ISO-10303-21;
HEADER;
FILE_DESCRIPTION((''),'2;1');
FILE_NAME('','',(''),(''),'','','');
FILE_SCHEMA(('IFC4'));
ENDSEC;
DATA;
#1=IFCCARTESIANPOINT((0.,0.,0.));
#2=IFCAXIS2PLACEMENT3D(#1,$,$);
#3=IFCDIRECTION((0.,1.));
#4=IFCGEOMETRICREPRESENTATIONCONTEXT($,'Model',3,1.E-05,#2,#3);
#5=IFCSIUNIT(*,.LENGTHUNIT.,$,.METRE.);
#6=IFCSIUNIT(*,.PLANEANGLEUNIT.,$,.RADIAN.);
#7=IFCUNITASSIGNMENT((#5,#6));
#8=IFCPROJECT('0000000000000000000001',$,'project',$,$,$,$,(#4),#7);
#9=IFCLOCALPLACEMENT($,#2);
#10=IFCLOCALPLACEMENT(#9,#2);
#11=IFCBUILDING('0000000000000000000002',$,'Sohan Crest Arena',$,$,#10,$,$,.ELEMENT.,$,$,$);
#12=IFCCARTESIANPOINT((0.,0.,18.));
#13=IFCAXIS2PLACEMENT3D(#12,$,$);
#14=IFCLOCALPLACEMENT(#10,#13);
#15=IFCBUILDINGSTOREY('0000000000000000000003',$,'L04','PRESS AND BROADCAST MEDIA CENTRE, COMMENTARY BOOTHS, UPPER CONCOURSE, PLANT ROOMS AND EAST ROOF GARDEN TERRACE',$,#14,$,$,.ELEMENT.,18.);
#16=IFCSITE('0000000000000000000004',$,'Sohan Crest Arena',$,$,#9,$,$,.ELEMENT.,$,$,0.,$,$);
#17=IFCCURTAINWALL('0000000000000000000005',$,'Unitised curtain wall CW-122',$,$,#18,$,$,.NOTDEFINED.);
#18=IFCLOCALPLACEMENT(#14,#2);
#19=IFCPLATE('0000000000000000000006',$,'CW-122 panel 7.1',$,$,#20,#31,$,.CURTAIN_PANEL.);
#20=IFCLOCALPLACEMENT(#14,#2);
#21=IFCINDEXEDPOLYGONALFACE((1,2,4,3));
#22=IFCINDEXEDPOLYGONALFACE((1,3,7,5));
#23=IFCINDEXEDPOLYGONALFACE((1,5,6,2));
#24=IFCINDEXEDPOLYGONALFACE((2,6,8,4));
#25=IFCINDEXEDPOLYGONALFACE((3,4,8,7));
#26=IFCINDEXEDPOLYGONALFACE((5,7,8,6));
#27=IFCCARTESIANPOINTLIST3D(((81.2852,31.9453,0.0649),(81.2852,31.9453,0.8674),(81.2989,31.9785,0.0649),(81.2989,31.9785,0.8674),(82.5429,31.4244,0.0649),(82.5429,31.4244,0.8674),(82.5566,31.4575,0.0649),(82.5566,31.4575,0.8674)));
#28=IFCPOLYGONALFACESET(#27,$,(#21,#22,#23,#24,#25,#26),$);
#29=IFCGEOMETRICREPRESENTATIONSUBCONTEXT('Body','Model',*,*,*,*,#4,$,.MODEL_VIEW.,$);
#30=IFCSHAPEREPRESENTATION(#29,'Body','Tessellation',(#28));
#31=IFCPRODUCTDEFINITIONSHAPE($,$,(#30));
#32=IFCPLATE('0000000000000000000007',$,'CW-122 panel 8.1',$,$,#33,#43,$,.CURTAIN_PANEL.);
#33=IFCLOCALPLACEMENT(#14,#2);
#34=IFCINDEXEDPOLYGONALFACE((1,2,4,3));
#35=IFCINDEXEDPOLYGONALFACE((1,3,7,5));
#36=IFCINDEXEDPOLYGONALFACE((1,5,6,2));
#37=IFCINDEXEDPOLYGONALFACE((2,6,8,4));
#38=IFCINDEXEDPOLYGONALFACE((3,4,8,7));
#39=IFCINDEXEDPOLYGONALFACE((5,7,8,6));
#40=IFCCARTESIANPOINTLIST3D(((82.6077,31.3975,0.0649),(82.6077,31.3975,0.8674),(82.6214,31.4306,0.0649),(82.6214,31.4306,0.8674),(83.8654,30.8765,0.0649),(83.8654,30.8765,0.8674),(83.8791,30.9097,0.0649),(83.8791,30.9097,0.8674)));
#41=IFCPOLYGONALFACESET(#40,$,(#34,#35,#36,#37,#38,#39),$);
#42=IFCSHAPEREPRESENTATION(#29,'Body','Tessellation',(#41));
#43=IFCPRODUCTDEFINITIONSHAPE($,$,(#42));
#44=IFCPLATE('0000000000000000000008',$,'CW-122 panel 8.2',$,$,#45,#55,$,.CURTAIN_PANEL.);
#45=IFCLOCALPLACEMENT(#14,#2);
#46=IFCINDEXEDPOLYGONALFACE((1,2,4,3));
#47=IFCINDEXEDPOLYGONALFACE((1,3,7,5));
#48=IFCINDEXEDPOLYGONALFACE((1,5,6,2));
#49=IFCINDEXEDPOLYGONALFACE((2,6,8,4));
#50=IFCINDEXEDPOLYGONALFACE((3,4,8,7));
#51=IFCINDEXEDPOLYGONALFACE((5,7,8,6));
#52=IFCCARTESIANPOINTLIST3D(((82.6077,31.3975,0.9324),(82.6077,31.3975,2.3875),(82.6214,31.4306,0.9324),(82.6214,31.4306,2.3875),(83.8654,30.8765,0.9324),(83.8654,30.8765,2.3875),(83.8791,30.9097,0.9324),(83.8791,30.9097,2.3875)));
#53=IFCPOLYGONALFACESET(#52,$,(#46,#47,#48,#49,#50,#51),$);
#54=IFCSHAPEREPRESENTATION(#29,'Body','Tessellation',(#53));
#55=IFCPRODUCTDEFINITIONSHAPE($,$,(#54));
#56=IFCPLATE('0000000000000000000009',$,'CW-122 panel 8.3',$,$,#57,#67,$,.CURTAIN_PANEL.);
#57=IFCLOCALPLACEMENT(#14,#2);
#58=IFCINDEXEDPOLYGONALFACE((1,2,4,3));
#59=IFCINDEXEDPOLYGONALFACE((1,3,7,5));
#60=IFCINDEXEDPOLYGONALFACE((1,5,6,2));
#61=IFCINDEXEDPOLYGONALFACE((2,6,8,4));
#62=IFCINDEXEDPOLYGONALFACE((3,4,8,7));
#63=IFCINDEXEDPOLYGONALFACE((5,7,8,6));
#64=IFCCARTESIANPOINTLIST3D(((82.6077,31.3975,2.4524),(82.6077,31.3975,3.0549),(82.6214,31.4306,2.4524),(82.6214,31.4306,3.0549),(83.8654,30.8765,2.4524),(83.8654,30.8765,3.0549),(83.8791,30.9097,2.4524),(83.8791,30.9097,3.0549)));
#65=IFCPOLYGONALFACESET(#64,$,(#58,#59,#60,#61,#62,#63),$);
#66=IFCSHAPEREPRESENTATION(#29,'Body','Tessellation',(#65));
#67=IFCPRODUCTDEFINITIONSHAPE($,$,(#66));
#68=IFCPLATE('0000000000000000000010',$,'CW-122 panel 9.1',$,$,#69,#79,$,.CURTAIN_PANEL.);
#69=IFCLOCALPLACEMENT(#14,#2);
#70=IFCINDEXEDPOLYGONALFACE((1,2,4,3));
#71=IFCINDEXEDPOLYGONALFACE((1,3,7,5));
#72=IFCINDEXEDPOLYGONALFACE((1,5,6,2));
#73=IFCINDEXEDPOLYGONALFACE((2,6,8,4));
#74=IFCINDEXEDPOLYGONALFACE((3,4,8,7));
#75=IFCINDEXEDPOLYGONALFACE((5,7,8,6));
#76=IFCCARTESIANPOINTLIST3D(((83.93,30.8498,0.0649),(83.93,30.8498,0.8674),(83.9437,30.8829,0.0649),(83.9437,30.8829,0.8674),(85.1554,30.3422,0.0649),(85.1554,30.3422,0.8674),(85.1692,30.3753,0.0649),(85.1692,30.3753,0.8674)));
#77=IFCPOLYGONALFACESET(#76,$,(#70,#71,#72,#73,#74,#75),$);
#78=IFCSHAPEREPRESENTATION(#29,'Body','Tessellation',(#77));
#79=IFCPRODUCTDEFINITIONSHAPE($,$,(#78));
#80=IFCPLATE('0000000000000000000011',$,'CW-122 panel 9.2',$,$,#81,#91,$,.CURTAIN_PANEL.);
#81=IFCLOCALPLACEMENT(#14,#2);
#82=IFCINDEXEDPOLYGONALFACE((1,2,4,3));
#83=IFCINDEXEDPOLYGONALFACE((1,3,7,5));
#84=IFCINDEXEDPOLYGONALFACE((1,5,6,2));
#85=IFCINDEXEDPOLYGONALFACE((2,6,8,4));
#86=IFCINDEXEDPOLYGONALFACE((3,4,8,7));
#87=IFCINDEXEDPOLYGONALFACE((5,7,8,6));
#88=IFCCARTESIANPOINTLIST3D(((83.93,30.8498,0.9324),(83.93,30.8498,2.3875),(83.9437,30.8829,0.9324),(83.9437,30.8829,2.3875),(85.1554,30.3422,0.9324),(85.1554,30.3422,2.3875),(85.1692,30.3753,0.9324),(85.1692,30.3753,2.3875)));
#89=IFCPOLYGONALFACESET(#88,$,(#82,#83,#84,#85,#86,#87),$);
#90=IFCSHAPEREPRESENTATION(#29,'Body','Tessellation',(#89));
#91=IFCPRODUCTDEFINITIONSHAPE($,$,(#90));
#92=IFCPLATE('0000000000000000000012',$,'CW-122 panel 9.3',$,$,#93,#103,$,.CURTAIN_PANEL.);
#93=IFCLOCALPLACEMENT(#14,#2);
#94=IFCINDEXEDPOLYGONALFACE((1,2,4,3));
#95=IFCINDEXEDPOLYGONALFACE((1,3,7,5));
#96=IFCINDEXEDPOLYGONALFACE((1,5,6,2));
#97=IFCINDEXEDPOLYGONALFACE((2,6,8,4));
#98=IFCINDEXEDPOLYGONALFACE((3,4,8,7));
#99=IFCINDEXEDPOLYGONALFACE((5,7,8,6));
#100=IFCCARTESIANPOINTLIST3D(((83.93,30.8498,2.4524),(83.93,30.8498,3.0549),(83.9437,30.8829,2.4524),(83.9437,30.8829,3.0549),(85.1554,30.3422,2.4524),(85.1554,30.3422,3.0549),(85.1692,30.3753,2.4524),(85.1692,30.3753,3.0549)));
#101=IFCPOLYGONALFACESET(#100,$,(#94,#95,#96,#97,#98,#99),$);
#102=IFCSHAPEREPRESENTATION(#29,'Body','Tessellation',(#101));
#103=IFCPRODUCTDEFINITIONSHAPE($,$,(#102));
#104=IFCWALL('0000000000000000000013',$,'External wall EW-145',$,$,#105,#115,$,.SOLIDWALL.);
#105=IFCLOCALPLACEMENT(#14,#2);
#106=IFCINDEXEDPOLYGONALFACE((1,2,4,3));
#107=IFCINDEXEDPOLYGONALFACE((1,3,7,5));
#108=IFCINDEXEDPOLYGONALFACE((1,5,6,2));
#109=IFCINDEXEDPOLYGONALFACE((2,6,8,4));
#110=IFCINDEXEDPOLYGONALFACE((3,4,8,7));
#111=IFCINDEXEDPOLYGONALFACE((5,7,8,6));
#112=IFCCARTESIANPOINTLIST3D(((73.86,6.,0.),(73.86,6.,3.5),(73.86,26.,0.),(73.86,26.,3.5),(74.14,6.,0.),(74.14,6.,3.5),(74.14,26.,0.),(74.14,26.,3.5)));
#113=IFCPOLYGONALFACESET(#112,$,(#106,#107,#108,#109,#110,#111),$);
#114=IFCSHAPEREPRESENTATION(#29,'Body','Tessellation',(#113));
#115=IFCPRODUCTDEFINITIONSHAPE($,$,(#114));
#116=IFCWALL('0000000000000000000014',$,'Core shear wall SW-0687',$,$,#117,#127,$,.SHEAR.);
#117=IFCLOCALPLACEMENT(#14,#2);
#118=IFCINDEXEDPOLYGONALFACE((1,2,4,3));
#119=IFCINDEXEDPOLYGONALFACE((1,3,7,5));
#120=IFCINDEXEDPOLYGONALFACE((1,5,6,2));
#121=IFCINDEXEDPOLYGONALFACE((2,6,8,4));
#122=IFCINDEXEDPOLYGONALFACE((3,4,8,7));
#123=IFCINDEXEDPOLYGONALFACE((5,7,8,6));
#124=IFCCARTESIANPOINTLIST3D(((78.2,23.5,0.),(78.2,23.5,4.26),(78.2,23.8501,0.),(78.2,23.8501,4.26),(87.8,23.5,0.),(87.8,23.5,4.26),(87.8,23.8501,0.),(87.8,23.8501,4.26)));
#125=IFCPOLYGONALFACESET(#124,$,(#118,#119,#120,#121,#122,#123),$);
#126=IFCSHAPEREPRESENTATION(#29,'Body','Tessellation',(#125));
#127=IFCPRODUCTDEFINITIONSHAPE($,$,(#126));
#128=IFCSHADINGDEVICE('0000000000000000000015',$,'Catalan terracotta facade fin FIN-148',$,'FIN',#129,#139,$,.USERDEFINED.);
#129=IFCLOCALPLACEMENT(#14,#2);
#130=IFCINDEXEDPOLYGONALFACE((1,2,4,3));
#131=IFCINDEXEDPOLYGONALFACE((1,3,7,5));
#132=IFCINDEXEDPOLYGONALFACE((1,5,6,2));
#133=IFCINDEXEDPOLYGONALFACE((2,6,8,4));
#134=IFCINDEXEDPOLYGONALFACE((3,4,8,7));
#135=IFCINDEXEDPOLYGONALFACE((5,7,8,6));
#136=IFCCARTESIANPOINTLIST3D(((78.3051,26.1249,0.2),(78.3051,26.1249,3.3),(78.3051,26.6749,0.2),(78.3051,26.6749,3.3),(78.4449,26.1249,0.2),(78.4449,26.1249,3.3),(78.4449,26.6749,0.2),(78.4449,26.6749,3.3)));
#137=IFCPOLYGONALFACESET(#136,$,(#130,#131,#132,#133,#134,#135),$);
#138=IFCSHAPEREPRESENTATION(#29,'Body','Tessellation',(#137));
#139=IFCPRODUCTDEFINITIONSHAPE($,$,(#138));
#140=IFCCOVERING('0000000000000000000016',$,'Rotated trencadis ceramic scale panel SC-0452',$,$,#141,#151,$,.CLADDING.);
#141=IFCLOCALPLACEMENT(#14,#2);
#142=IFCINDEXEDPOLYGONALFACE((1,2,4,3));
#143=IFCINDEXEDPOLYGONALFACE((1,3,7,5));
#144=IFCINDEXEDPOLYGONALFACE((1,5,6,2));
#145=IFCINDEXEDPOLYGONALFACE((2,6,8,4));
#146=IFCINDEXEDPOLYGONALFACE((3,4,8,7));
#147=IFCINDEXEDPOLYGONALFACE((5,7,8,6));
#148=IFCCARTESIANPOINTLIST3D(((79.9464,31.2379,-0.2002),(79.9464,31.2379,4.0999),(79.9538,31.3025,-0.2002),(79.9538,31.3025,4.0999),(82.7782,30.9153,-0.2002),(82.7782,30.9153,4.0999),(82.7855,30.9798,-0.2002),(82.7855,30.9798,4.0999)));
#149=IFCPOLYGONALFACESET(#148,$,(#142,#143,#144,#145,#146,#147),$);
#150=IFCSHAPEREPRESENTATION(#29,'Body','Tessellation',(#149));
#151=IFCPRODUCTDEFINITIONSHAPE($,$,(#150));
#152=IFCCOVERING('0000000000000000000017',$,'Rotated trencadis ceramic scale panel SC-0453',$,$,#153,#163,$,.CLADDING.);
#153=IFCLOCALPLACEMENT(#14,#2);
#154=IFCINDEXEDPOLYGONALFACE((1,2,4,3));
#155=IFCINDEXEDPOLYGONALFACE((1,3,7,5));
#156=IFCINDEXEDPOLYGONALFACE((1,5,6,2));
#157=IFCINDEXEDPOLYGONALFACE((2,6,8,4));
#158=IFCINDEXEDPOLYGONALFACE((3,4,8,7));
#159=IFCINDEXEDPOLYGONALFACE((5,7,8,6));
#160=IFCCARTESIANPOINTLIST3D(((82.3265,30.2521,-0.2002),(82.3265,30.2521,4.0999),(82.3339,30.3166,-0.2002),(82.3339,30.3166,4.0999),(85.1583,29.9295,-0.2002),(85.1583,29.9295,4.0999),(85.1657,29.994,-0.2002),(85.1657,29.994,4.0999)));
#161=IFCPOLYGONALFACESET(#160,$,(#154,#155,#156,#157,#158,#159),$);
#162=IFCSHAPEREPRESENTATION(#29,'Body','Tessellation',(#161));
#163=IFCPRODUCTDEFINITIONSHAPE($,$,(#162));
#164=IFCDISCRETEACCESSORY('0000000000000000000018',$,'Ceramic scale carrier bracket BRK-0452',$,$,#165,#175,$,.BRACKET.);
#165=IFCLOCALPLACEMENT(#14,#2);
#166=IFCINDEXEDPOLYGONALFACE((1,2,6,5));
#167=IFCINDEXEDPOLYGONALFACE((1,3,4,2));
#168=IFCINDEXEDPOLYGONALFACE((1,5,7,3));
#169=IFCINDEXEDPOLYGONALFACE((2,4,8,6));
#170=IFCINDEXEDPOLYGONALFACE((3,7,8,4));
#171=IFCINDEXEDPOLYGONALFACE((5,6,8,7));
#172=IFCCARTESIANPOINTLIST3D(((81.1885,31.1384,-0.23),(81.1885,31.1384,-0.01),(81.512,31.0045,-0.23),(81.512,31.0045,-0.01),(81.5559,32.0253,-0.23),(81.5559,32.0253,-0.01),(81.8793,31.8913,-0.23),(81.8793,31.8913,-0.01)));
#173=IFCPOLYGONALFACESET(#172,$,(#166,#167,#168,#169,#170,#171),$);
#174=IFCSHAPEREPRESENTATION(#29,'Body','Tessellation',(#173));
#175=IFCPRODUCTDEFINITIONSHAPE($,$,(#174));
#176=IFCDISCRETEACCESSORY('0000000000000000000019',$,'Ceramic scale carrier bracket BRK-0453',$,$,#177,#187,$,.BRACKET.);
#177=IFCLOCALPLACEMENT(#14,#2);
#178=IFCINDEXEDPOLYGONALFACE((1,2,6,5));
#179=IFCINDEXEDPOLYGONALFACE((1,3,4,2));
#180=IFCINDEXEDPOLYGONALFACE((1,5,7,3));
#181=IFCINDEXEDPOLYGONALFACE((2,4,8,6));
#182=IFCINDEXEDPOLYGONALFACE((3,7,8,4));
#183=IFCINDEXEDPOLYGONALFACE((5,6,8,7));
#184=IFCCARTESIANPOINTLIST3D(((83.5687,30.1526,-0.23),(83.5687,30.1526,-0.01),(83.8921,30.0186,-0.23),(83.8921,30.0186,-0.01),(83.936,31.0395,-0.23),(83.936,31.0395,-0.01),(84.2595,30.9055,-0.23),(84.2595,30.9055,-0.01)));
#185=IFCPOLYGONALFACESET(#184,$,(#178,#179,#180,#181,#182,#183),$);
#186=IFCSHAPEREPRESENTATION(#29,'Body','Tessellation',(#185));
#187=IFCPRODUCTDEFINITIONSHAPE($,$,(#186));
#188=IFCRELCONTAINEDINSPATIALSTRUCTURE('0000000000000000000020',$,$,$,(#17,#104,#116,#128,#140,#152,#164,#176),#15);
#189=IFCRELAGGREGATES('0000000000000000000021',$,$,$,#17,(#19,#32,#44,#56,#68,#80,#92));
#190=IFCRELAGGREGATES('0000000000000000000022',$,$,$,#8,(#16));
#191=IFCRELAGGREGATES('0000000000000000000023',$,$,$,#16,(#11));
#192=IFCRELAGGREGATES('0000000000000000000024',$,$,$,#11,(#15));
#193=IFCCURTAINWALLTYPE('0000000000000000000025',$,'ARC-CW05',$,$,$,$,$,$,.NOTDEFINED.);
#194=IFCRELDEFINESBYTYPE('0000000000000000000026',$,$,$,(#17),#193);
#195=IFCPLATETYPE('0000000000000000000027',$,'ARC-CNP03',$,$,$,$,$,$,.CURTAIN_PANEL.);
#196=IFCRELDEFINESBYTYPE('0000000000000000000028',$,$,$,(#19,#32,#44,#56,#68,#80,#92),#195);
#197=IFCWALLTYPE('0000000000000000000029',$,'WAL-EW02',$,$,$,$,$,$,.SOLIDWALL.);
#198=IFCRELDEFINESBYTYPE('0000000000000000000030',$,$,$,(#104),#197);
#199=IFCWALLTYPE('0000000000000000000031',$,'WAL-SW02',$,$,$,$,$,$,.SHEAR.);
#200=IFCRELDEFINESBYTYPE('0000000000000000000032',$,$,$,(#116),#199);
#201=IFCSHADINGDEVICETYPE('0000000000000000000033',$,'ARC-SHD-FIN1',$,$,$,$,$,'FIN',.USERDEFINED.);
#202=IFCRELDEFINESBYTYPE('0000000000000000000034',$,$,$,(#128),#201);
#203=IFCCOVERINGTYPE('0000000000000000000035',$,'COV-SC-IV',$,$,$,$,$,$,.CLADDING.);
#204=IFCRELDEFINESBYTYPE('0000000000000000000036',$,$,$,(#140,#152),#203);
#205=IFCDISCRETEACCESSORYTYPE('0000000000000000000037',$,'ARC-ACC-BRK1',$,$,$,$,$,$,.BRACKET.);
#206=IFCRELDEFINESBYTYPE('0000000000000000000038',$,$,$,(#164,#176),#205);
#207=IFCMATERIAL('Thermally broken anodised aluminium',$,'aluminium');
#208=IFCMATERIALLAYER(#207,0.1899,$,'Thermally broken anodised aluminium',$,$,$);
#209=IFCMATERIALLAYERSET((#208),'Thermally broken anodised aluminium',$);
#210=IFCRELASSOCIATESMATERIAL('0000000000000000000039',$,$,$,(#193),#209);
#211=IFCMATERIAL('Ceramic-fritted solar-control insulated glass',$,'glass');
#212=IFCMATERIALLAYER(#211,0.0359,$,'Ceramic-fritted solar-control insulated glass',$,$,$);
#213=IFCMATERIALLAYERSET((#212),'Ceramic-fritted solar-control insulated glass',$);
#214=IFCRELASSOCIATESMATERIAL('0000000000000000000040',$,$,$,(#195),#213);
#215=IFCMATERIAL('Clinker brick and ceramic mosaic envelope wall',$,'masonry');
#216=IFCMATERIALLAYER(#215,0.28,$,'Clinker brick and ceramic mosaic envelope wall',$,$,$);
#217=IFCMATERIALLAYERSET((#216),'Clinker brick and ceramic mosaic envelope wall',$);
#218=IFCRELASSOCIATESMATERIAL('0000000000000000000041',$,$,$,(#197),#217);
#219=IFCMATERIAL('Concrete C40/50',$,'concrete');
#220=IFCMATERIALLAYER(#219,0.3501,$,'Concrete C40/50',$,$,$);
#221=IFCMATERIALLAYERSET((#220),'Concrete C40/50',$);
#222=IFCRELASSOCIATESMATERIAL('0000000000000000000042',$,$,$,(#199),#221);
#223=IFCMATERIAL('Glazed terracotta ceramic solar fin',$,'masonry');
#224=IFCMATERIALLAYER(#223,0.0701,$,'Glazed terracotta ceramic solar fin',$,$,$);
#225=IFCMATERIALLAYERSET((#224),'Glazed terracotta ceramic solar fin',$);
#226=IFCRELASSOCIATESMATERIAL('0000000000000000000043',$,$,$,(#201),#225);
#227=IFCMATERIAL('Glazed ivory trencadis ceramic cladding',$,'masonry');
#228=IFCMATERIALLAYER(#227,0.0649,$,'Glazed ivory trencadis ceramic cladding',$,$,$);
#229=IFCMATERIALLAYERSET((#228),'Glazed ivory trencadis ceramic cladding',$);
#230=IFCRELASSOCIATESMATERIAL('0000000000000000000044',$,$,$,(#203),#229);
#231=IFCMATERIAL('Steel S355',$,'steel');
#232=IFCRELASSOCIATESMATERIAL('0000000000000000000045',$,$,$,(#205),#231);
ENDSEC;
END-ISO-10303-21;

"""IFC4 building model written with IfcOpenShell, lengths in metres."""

from ifc_helpers import new_model, si_unit, direction, frame, frame_2d, origin, origin_2d, place, context, subcontext, project, spatial, rectangle, extrude, material, layer, layer_set, type_object, element, aggregate, save


model = new_model("IFC4")

# Units and contexts
model_context = context("Model", 3, precision=1e-05, world=origin(), true_north=direction((0.0, 1.0)))
body_context = subcontext(model_context, "Body", "Model", "MODEL_VIEW")
ifc_project = project(units=[si_unit("LENGTHUNIT", "METRE"), si_unit("PLANEANGLEUNIT", "RADIAN")], contexts=[model_context])

# Site, building, storey
site_placement = place(None, origin())
site = spatial("IfcSite", under=ifc_project, at=site_placement, Name="Sohan Crest Arena", CompositionType="ELEMENT", RefElevation=0.0)
building_placement = place(site_placement, origin())
building = spatial("IfcBuilding", under=site, at=building_placement, Name="Sohan Crest Arena", CompositionType="ELEMENT")
storey_placement = place(building_placement, frame((0.0, 0.0, 18.0)))
storey = spatial("IfcBuildingStorey", under=building, at=storey_placement, Name="L04", Description="PRESS AND BROADCAST MEDIA CENTRE, COMMENTARY BOOTHS, UPPER CONCOURSE, PLANT ROOMS AND EAST ROOF GARDEN TERRACE", CompositionType="ELEMENT", Elevation=18.0)

# Shared definitions
ifc_material_1 = material(Name="Steel S355", Category="steel")

# Curtain wall
ifc_material_2 = material(Name="Thermally broken anodised aluminium", Category="aluminium")
ifc_layer_1 = layer(ifc_material_2, 0.1899, Name="Thermally broken anodised aluminium")
ifc_layer_set_1 = layer_set([ifc_layer_1], Name="Thermally broken anodised aluminium")
curtain_wall_type = type_object("IfcCurtainWallType", Name="ARC-CW05", PredefinedType="NOTDEFINED", material=ifc_layer_set_1)
curtain_wall_placement = place(storey_placement, origin())
curtain_wall = element("IfcCurtainWall", 1, at=curtain_wall_placement, inside=storey, type_object=curtain_wall_type, Name="Unitised curtain wall CW-122", PredefinedType="NOTDEFINED")

# Plates
ifc_material_3 = material(Name="Ceramic-fritted solar-control insulated glass", Category="glass")
ifc_layer_2 = layer(ifc_material_3, 0.0359, Name="Ceramic-fritted solar-control insulated glass")
ifc_layer_set_2 = layer_set([ifc_layer_2], Name="Ceramic-fritted solar-control insulated glass")
plate_type = type_object("IfcPlateType", Name="ARC-CNP03", PredefinedType="CURTAIN_PANEL", material=ifc_layer_set_2)
plate_1_placement = place(storey_placement, frame((81.9209, 31.7014, 0.0649), z_axis=(0.0, 0.0, 1.0), x_axis=(0.923879, -0.382685, 0.0)))
plate_1 = element("IfcPlate", 2, at=plate_1_placement, type_object=plate_type, Name="CW-122 panel 7.1", PredefinedType="CURTAIN_PANEL", context=body_context, shape_type="SweptSolid", body=[
    extrude(rectangle(XDim=1.3613, YDim=0.0359, at=origin_2d()), origin(), (0.0, 0.0, 1.0), 0.8025),
])
plate_2_placement = place(storey_placement, frame((83.2434, 31.1536, 0.0649), z_axis=(0.0, 0.0, 1.0), x_axis=(0.923879, -0.382685, 0.0)))
plate_2 = element("IfcPlate", 3, at=plate_2_placement, type_object=plate_type, Name="CW-122 panel 8.1", PredefinedType="CURTAIN_PANEL", context=body_context, shape_type="SweptSolid", body=[
    extrude(rectangle(XDim=1.3613, YDim=0.0359, at=origin_2d()), origin(), (0.0, 0.0, 1.0), 0.8025),
])
plate_3_placement = place(storey_placement, frame((83.2434, 31.1536, 0.9324), z_axis=(0.0, 0.0, 1.0), x_axis=(0.923879, -0.382685, 0.0)))
plate_3 = element("IfcPlate", 4, at=plate_3_placement, type_object=plate_type, Name="CW-122 panel 8.2", PredefinedType="CURTAIN_PANEL", context=body_context, shape_type="SweptSolid", body=[
    extrude(rectangle(XDim=1.3613, YDim=0.0359, at=origin_2d()), origin(), (0.0, 0.0, 1.0), 1.4551),
])
plate_4_placement = place(storey_placement, frame((83.2434, 31.1536, 2.4524), z_axis=(0.0, 0.0, 1.0), x_axis=(0.923879, -0.382685, 0.0)))
plate_4 = element("IfcPlate", 5, at=plate_4_placement, type_object=plate_type, Name="CW-122 panel 8.3", PredefinedType="CURTAIN_PANEL", context=body_context, shape_type="SweptSolid", body=[
    extrude(rectangle(XDim=1.3613, YDim=0.0359, at=origin_2d()), origin(), (0.0, 0.0, 1.0), 0.6025),
])
plate_5_placement = place(storey_placement, frame((84.5496, 30.6125, 0.0649), z_axis=(0.0, 0.0, 1.0), x_axis=(0.923879, -0.382685, 0.0)))
plate_5 = element("IfcPlate", 6, at=plate_5_placement, type_object=plate_type, Name="CW-122 panel 9.1", PredefinedType="CURTAIN_PANEL", context=body_context, shape_type="SweptSolid", body=[
    extrude(rectangle(XDim=1.3264, YDim=0.0359, at=origin_2d()), origin(), (0.0, 0.0, 1.0), 0.8025),
])
plate_6_placement = place(storey_placement, frame((84.5496, 30.6125, 0.9324), z_axis=(0.0, 0.0, 1.0), x_axis=(0.923879, -0.382685, 0.0)))
plate_6 = element("IfcPlate", 7, at=plate_6_placement, type_object=plate_type, Name="CW-122 panel 9.2", PredefinedType="CURTAIN_PANEL", context=body_context, shape_type="SweptSolid", body=[
    extrude(rectangle(XDim=1.3264, YDim=0.0359, at=origin_2d()), origin(), (0.0, 0.0, 1.0), 1.4551),
])
plate_7_placement = place(storey_placement, frame((84.5496, 30.6125, 2.4524), z_axis=(0.0, 0.0, 1.0), x_axis=(0.923879, -0.382685, 0.0)))
plate_7 = element("IfcPlate", 8, at=plate_7_placement, type_object=plate_type, Name="CW-122 panel 9.3", PredefinedType="CURTAIN_PANEL", context=body_context, shape_type="SweptSolid", body=[
    extrude(rectangle(XDim=1.3264, YDim=0.0359, at=origin_2d()), origin(), (0.0, 0.0, 1.0), 0.6025),
])
aggregate(curtain_wall, [plate_1, plate_2, plate_3, plate_4, plate_5, plate_6, plate_7])

# Walls
ifc_material_4 = material(Name="Clinker brick and ceramic mosaic envelope wall", Category="masonry")
ifc_layer_3 = layer(ifc_material_4, 0.28, Name="Clinker brick and ceramic mosaic envelope wall")
ifc_layer_set_3 = layer_set([ifc_layer_3], Name="Clinker brick and ceramic mosaic envelope wall")
wall_type_1 = type_object("IfcWallType", Name="WAL-EW02", PredefinedType="SOLIDWALL", material=ifc_layer_set_3)
wall_1_placement = place(storey_placement, frame((74.0, 26.0, 0.0), z_axis=(0.0, 0.0, 1.0), x_axis=(0.0, -1.0, 0.0)))
element("IfcWall", 9, at=wall_1_placement, inside=storey, type_object=wall_type_1, Name="External wall EW-145", PredefinedType="SOLIDWALL", context=body_context, shape_type="SweptSolid", body=[
    extrude(rectangle(XDim=20.0, YDim=0.28, at=frame_2d((10.0, 0.0))), origin(), (0.0, 0.0, 1.0), 3.5),
])
ifc_material_5 = material(Name="Concrete C40/50", Category="concrete")
ifc_layer_4 = layer(ifc_material_5, 0.3501, Name="Concrete C40/50")
ifc_layer_set_4 = layer_set([ifc_layer_4], Name="Concrete C40/50")
wall_type_2 = type_object("IfcWallType", Name="WAL-SW02", PredefinedType="SHEAR", material=ifc_layer_set_4)
wall_2_placement = place(storey_placement, frame((78.2, 23.675, 0.0), z_axis=(0.0, 0.0, 1.0), x_axis=(1.0, 0.0, 0.0)))
element("IfcWall", 10, at=wall_2_placement, inside=storey, type_object=wall_type_2, Name="Core shear wall SW-0687", PredefinedType="SHEAR", context=body_context, shape_type="SweptSolid", body=[
    extrude(rectangle(XDim=9.6001, YDim=0.3501, at=frame_2d((4.8, 0.0))), origin(), (0.0, 0.0, 1.0), 4.26),
])

# Shading device
ifc_material_6 = material(Name="Glazed terracotta ceramic solar fin", Category="masonry")
ifc_layer_5 = layer(ifc_material_6, 0.0701, Name="Glazed terracotta ceramic solar fin")
ifc_layer_set_5 = layer_set([ifc_layer_5], Name="Glazed terracotta ceramic solar fin")
shading_device_type = type_object("IfcShadingDeviceType", Name="ARC-SHD-FIN1", ElementType="FIN", PredefinedType="USERDEFINED", material=ifc_layer_set_5)
shading_device_placement = place(storey_placement, frame((78.375, 26.3999, 0.2), z_axis=(0.0, 0.0, 1.0), x_axis=(-1.0, 0.0, 0.0)))
element("IfcShadingDevice", 11, at=shading_device_placement, inside=storey, type_object=shading_device_type, Name="Catalan terracotta facade fin FIN-148", ObjectType="FIN", PredefinedType="USERDEFINED", context=body_context, shape_type="SweptSolid", body=[
    extrude(rectangle(XDim=0.1399, YDim=0.55, at=origin_2d()), origin(), (0.0, 0.0, 1.0), 3.1001),
])

# Coverings
ifc_material_7 = material(Name="Glazed ivory trencadis ceramic cladding", Category="masonry")
ifc_layer_6 = layer(ifc_material_7, 0.0649, Name="Glazed ivory trencadis ceramic cladding")
ifc_layer_set_6 = layer_set([ifc_layer_6], Name="Glazed ivory trencadis ceramic cladding")
covering_type = type_object("IfcCoveringType", Name="COV-SC-IV", PredefinedType="CLADDING", material=ifc_layer_set_6)
for number, where, z_axis, x_axis, name in (
    (12, (81.366, 31.1089, -0.2002), (0.0, 0.0, 1.0), (0.993572, -0.113203, 0.0), "Rotated trencadis ceramic scale panel SC-0452"),
    (13, (83.7461, 30.123, -0.2002), (0.0, 0.0, 1.0), (0.993572, -0.113203, 0.0), "Rotated trencadis ceramic scale panel SC-0453"),
):
    element("IfcCovering", number, at=place(storey_placement, frame(where, z_axis=z_axis, x_axis=x_axis)), inside=storey, type_object=covering_type, Name=name, PredefinedType="CLADDING", context=body_context, shape_type="SweptSolid", body=[
        extrude(rectangle(XDim=2.8501, YDim=0.0649, at=origin_2d()), origin(), (0.0, 0.0, 1.0), 4.3),
    ])

# Discrete accessories
discrete_accessory_type = type_object("IfcDiscreteAccessoryType", Name="ARC-ACC-BRK1", PredefinedType="BRACKET", material=ifc_material_1)
for number, where, z_axis, x_axis, name in (
    (14, (81.5339, 31.5149, -0.23), (0.0, 0.0, 1.0), (0.92388, -0.382683, 0.0), "Ceramic scale carrier bracket BRK-0452"),
    (15, (83.9141, 30.5291, -0.23), (0.0, 0.0, 1.0), (0.92388, -0.382683, 0.0), "Ceramic scale carrier bracket BRK-0453"),
):
    element("IfcDiscreteAccessory", number, at=place(storey_placement, frame(where, z_axis=z_axis, x_axis=x_axis)), inside=storey, type_object=discrete_accessory_type, Name=name, PredefinedType="BRACKET", context=body_context, shape_type="SweptSolid", body=[
        extrude(rectangle(XDim=0.3501, YDim=0.96, at=origin_2d()), origin(), (0.0, 0.0, 1.0), 0.22),
    ])

save(model, "model.ifc")
